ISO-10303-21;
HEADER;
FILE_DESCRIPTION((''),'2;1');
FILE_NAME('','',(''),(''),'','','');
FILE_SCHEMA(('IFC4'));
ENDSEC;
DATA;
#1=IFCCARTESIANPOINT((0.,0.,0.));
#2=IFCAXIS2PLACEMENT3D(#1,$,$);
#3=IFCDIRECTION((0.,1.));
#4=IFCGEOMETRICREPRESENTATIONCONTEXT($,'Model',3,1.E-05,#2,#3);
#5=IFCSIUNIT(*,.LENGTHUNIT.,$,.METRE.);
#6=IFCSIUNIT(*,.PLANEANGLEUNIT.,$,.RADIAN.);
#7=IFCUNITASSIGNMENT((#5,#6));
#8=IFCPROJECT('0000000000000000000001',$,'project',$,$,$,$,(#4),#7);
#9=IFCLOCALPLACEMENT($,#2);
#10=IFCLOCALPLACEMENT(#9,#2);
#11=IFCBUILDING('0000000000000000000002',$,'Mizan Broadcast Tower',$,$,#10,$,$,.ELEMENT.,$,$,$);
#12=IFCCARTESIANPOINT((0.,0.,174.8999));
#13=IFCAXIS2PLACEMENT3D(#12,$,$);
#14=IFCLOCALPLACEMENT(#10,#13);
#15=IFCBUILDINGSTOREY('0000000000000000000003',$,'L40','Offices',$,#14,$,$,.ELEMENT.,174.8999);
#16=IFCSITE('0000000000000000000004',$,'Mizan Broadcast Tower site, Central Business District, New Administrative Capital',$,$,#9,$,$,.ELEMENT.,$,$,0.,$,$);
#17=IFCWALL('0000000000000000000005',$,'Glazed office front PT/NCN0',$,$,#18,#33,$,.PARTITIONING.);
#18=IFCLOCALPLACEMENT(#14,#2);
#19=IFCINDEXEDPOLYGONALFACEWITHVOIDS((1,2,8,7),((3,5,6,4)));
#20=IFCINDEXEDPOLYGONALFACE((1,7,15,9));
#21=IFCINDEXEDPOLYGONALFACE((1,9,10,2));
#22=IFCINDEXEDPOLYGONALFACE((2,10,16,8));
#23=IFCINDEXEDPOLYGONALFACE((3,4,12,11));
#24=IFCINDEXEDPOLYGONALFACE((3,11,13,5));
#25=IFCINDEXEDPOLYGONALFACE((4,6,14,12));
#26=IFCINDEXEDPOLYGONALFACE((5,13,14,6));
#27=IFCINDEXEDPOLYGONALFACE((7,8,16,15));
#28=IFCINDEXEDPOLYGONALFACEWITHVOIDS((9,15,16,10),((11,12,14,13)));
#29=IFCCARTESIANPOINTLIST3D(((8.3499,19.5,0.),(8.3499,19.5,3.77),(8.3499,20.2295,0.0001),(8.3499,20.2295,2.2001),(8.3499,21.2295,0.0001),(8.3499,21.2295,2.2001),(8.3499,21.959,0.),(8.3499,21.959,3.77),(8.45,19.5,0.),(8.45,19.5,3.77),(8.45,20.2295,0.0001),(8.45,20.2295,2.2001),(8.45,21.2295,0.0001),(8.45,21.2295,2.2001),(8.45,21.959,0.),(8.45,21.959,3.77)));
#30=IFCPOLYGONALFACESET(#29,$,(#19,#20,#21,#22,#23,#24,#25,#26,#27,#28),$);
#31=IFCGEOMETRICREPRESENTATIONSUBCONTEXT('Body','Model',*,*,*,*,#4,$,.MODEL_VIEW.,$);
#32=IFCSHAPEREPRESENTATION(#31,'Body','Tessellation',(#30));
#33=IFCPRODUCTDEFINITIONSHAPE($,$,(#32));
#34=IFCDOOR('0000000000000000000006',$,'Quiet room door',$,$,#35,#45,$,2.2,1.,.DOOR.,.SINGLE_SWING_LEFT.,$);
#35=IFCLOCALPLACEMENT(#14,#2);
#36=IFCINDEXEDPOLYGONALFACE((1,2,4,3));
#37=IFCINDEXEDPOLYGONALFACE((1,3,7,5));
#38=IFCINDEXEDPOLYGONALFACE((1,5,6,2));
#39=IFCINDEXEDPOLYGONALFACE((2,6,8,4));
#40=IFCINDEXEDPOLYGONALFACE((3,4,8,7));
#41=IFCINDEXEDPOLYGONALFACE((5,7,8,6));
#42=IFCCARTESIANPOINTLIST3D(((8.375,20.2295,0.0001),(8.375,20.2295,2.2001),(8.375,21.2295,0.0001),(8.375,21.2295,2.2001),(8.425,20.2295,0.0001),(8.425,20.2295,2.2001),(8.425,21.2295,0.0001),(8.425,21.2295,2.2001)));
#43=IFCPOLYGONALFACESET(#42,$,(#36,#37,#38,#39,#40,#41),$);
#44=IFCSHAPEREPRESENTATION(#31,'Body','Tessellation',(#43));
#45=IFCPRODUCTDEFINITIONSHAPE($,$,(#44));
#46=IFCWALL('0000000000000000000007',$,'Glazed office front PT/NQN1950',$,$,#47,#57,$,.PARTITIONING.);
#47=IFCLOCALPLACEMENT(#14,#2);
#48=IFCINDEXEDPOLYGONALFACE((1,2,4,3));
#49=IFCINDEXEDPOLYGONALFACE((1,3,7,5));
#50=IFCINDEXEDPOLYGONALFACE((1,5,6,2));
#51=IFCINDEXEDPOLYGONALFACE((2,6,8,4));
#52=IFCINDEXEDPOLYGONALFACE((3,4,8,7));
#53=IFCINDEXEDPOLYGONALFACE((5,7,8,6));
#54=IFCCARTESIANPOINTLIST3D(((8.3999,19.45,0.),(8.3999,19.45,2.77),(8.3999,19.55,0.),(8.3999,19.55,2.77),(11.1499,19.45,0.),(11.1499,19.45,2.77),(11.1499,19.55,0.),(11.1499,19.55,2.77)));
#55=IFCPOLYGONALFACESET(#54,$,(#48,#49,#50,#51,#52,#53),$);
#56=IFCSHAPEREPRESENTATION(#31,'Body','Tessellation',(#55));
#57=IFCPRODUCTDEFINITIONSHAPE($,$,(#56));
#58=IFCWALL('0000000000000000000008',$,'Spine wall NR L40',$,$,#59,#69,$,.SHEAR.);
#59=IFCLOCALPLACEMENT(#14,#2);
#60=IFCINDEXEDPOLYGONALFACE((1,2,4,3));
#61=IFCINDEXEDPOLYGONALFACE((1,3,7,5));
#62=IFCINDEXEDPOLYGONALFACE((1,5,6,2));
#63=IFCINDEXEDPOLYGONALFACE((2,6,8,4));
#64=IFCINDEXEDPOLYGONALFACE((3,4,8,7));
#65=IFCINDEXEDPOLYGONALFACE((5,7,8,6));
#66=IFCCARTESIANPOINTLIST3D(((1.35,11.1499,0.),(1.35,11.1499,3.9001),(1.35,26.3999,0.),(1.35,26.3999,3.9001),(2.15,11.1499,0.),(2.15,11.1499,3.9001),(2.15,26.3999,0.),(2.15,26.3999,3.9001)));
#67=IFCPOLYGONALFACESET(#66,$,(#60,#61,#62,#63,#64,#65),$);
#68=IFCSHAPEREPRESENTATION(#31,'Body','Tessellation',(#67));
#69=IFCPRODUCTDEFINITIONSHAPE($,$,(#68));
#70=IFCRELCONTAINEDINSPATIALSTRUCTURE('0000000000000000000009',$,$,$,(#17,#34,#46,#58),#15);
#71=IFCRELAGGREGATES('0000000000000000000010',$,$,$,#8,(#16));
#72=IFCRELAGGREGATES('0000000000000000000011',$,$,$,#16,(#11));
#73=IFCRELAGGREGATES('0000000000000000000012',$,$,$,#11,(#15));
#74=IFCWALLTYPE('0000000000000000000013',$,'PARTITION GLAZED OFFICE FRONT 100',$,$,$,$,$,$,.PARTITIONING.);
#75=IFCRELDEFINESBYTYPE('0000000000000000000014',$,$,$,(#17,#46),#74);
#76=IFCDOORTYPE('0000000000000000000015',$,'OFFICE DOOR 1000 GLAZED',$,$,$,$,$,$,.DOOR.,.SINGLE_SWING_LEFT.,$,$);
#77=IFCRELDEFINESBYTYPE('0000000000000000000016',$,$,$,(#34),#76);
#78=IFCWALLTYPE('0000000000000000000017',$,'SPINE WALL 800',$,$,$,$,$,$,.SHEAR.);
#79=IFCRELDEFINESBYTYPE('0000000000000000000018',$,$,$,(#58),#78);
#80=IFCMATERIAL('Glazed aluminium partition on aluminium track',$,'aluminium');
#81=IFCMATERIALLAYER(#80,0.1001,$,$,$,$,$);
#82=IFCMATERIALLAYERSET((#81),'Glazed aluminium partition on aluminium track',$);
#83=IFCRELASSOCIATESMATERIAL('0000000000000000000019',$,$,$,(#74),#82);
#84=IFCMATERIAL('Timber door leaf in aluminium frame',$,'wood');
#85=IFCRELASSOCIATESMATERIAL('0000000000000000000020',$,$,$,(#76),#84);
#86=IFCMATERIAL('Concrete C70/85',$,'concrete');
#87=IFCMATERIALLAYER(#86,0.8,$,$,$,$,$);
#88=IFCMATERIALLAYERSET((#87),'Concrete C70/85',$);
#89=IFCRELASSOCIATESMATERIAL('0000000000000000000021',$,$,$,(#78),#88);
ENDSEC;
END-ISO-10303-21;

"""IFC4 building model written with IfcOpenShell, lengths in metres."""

from ifc_helpers import new_model, si_unit, direction, frame, frame_2d, origin, place, context, subcontext, project, spatial, rectangle, extrude, material, layer, layer_set, type_object, element, fill, save


model = new_model("IFC4")

# Units and contexts
model_context = context("Model", 3, precision=1e-05, world=origin(), true_north=direction((0.0, 1.0)))
body_context = subcontext(model_context, "Body", "Model", "MODEL_VIEW")
ifc_project = project(units=[si_unit("LENGTHUNIT", "METRE"), si_unit("PLANEANGLEUNIT", "RADIAN")], contexts=[model_context])

# Site, building, storey
site_placement = place(None, origin())
site = spatial("IfcSite", under=ifc_project, at=site_placement, Name="Mizan Broadcast Tower site, Central Business District, New Administrative Capital", CompositionType="ELEMENT", RefElevation=0.0)
building_placement = place(site_placement, origin())
building = spatial("IfcBuilding", under=site, at=building_placement, Name="Mizan Broadcast Tower", CompositionType="ELEMENT")
storey_placement = place(building_placement, frame((0.0, 0.0, 174.8999)))
storey = spatial("IfcBuildingStorey", under=building, at=storey_placement, Name="L40", Description="Offices", CompositionType="ELEMENT", Elevation=174.8999)

# Wall, opening, door
ifc_material_1 = material(Name="Glazed aluminium partition on aluminium track", Category="aluminium")
ifc_layer_1 = layer(ifc_material_1, 0.1001)
ifc_layer_set_1 = layer_set([ifc_layer_1], Name="Glazed aluminium partition on aluminium track")
wall_type_1 = type_object("IfcWallType", Name="PARTITION GLAZED OFFICE FRONT 100", PredefinedType="PARTITIONING", material=ifc_layer_set_1)
wall_1_placement = place(storey_placement, frame((8.3999, 19.5, 0.0), z_axis=(0.0, 0.0, 1.0), x_axis=(0.0, 1.0, 0.0)))
wall_1 = element("IfcWall", 1, at=wall_1_placement, inside=storey, type_object=wall_type_1, Name="Glazed office front PT/NCN0", PredefinedType="PARTITIONING", context=body_context, shape_type="SweptSolid", body=[
    extrude(rectangle(XDim=2.459, YDim=0.1001, at=frame_2d((1.2295, 0.0))), origin(), (0.0, 0.0, 1.0), 3.77),
])
opening_1_placement = place(wall_1_placement, frame((0.7295, 0.0, 0.0)))
opening_1 = element("IfcOpeningElement", 2, at=opening_1_placement, cuts=wall_1, PredefinedType="OPENING", context=body_context, shape_type="SweptSolid", body=[
    extrude(rectangle(XDim=1.0, YDim=2.2, at=frame_2d((0.5, 1.1001))), frame((0.0, 0.0601, 0.0), z_axis=(0.0, -1.0, 0.0), x_axis=(1.0, 0.0, 0.0)), (0.0, 0.0, 1.0), 0.1201),
])
ifc_material_2 = material(Name="Timber door leaf in aluminium frame", Category="wood")
door_type_1 = type_object("IfcDoorType", Name="OFFICE DOOR 1000 GLAZED", OperationType="SINGLE_SWING_LEFT", PredefinedType="DOOR", material=ifc_material_2)
door_1_placement = place(opening_1_placement, origin())
door_1 = element("IfcDoor", 3, at=door_1_placement, inside=storey, type_object=door_type_1, Name="Quiet room door", OperationType="SINGLE_SWING_LEFT", OverallHeight=2.2, OverallWidth=1.0, PredefinedType="DOOR", context=body_context, shape_type="SweptSolid", body=[
    extrude(rectangle(XDim=1.0, YDim=2.2, at=frame_2d((0.5, 1.1001))), frame((0.0, 0.0249, 0.0), z_axis=(0.0, -1.0, 0.0), x_axis=(1.0, 0.0, 0.0)), (0.0, 0.0, 1.0), 0.05),
])
fill(opening_1, door_1)

# Walls
wall_2_placement = place(storey_placement, frame((8.3999, 19.5, 0.0), z_axis=(0.0, 0.0, 1.0), x_axis=(1.0, 0.0, 0.0)))
element("IfcWall", 4, at=wall_2_placement, inside=storey, type_object=wall_type_1, Name="Glazed office front PT/NQN1950", PredefinedType="PARTITIONING", context=body_context, shape_type="SweptSolid", body=[
    extrude(rectangle(XDim=2.75, YDim=0.1001, at=frame_2d((1.375, 0.0))), origin(), (0.0, 0.0, 1.0), 2.77),
])
ifc_material_3 = material(Name="Concrete C70/85", Category="concrete")
ifc_layer_2 = layer(ifc_material_3, 0.8)
ifc_layer_set_2 = layer_set([ifc_layer_2], Name="Concrete C70/85")
wall_type_2 = type_object("IfcWallType", Name="SPINE WALL 800", PredefinedType="SHEAR", material=ifc_layer_set_2)
wall_3_placement = place(storey_placement, frame((1.75, 11.1499, 0.0), z_axis=(0.0, 0.0, 1.0), x_axis=(0.0, 1.0, 0.0)))
element("IfcWall", 5, at=wall_3_placement, inside=storey, type_object=wall_type_2, Name="Spine wall NR L40", PredefinedType="SHEAR", context=body_context, shape_type="SweptSolid", body=[
    extrude(rectangle(XDim=15.25, YDim=0.8, at=frame_2d((7.625, 0.0))), origin(), (0.0, 0.0, 1.0), 3.9001),
])

save(model, "model.ifc")
